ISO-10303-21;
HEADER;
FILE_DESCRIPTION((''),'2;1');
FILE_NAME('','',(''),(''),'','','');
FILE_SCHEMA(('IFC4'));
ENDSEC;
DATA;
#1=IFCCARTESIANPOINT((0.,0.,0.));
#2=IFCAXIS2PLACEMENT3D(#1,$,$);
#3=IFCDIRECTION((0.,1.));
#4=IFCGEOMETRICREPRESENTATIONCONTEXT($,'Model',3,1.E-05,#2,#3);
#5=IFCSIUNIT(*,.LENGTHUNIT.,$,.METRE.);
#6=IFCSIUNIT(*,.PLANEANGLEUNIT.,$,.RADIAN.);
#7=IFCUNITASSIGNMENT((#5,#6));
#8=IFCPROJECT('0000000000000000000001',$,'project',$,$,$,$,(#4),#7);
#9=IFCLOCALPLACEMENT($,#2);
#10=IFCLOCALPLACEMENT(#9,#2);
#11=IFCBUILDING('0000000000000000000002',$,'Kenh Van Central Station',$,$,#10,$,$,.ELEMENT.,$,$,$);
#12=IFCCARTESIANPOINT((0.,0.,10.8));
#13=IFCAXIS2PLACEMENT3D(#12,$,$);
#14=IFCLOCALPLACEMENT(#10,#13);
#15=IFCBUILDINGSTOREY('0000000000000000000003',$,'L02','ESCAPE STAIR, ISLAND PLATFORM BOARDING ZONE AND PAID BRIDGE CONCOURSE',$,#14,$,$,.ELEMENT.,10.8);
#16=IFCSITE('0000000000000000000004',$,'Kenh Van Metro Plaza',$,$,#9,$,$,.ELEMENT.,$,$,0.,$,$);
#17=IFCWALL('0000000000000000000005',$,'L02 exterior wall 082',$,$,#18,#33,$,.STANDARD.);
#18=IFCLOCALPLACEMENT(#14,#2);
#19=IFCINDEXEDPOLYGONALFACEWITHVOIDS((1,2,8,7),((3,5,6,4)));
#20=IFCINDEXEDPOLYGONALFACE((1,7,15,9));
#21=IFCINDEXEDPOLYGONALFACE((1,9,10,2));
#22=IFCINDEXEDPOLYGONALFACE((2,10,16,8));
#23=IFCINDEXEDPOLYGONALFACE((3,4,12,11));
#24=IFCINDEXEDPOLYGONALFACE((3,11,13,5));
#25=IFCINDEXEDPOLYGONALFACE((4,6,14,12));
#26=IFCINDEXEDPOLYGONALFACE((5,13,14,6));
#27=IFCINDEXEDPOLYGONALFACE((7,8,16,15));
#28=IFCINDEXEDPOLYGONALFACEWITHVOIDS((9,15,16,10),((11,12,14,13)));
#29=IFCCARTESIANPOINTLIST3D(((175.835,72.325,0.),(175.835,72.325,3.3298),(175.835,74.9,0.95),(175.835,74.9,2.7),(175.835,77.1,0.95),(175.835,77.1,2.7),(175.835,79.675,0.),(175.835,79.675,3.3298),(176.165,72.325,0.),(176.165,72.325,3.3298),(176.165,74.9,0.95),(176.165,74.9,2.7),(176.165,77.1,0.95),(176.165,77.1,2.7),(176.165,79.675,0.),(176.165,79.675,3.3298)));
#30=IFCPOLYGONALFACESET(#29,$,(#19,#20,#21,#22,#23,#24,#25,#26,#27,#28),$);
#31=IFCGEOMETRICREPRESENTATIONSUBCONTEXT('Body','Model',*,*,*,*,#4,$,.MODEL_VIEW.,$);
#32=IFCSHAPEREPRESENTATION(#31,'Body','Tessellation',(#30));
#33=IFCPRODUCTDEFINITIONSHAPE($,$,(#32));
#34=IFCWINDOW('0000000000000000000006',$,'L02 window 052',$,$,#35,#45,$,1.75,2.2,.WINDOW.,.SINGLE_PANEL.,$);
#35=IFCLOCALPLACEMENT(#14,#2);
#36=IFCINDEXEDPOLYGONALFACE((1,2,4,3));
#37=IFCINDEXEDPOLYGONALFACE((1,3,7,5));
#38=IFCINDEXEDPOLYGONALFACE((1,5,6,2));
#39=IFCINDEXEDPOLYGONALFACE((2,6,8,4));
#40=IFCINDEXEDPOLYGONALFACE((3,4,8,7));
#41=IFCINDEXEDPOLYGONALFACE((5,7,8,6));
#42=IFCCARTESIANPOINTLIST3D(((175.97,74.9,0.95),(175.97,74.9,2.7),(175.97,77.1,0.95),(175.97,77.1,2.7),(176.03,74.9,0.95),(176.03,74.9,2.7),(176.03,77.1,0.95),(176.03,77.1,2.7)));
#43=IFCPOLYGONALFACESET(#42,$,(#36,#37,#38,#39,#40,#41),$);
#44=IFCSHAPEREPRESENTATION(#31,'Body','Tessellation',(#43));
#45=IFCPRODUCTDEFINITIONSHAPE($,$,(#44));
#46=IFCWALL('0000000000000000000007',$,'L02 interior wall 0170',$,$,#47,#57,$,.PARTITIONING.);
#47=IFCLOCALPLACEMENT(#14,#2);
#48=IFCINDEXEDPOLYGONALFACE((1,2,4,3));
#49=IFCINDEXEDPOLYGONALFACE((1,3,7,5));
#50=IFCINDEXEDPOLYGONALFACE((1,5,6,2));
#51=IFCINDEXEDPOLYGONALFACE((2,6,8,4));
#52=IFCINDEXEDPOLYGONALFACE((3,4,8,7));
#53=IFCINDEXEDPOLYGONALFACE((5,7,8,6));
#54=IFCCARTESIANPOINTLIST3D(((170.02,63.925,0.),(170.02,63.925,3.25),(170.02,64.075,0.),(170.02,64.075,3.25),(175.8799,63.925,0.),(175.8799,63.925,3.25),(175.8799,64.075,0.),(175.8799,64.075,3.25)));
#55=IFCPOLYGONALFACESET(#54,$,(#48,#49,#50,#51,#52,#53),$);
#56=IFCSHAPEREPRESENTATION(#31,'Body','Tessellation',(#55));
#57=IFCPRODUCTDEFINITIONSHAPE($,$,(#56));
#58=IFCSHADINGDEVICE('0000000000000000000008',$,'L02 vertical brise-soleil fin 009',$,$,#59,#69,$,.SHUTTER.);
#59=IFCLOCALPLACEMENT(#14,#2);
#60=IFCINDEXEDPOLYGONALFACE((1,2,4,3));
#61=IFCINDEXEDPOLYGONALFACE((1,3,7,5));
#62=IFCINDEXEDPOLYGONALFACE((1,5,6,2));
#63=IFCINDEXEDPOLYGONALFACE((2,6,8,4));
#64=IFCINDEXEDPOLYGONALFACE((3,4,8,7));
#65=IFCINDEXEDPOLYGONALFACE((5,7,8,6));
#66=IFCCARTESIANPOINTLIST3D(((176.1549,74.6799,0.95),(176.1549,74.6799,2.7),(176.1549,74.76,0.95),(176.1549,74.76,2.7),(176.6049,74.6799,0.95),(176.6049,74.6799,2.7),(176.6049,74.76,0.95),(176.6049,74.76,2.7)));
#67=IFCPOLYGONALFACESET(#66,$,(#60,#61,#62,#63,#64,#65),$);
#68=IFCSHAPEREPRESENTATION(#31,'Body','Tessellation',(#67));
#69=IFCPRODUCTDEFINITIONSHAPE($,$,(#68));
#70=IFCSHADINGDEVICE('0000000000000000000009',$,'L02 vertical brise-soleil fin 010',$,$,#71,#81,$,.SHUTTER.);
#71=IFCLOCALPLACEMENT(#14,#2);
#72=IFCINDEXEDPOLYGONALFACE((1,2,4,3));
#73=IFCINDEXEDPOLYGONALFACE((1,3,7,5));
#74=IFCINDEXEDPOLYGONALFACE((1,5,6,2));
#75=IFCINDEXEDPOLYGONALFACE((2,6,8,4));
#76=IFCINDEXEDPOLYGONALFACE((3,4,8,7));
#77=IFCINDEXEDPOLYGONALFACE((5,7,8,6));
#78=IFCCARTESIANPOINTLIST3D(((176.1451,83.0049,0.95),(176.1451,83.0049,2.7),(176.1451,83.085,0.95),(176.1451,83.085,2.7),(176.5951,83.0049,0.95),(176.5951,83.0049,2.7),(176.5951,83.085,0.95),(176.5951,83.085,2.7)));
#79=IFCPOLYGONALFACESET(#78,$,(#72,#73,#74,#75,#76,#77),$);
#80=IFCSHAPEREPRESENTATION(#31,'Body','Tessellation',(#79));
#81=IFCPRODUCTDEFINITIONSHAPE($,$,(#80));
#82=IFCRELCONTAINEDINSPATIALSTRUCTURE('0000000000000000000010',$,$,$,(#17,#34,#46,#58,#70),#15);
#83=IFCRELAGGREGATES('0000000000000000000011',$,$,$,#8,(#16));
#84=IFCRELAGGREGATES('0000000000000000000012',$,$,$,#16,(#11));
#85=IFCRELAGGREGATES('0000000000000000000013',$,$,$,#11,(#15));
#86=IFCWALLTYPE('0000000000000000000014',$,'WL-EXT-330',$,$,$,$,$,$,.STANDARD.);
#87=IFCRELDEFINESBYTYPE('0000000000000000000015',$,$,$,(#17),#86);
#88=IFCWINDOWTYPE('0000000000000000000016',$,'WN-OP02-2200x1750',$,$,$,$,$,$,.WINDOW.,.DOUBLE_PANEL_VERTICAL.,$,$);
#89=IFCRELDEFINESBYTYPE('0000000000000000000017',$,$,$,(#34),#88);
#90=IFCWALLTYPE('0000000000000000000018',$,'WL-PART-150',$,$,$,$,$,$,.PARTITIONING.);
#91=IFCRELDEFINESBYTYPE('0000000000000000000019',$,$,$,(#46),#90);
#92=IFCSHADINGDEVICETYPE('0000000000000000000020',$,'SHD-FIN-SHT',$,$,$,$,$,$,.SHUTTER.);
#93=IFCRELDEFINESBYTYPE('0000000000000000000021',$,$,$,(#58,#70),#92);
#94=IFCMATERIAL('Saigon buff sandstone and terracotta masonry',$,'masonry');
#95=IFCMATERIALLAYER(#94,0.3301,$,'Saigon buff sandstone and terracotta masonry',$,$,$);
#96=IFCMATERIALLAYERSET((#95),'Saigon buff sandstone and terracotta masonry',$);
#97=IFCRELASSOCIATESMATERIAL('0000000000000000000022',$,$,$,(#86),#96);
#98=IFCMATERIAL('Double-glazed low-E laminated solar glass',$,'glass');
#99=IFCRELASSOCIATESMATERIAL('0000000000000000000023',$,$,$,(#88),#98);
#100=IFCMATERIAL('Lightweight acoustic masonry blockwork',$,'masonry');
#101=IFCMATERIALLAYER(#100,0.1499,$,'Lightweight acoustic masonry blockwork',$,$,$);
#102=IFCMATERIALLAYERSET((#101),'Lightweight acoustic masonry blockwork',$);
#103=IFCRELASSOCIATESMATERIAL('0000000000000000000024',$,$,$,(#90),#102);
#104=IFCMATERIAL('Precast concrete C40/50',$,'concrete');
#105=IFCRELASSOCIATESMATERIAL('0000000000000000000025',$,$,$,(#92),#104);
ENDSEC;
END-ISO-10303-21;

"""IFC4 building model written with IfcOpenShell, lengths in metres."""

from ifc_helpers import new_model, si_unit, direction, frame, frame_2d, origin, origin_2d, place, context, subcontext, project, spatial, rectangle, extrude, material, layer, layer_set, type_object, element, fill, save


model = new_model("IFC4")

# Units and contexts
model_context = context("Model", 3, precision=1e-05, world=origin(), true_north=direction((0.0, 1.0)))
body_context = subcontext(model_context, "Body", "Model", "MODEL_VIEW")
ifc_project = project(units=[si_unit("LENGTHUNIT", "METRE"), si_unit("PLANEANGLEUNIT", "RADIAN")], contexts=[model_context])

# Site, building, storey
site_placement = place(None, origin())
site = spatial("IfcSite", under=ifc_project, at=site_placement, Name="Kenh Van Metro Plaza", CompositionType="ELEMENT", RefElevation=0.0)
building_placement = place(site_placement, origin())
building = spatial("IfcBuilding", under=site, at=building_placement, Name="Kenh Van Central Station", CompositionType="ELEMENT")
storey_placement = place(building_placement, frame((0.0, 0.0, 10.8)))
storey = spatial("IfcBuildingStorey", under=building, at=storey_placement, Name="L02", Description="ESCAPE STAIR, ISLAND PLATFORM BOARDING ZONE AND PAID BRIDGE CONCOURSE", CompositionType="ELEMENT", Elevation=10.8)

# Shared definitions
ifc_material_1 = material(Name="Double-glazed low-E laminated solar glass", Category="glass")

# Wall, opening, window
ifc_material_2 = material(Name="Saigon buff sandstone and terracotta masonry", Category="masonry")
ifc_layer_1 = layer(ifc_material_2, 0.3301, Name="Saigon buff sandstone and terracotta masonry")
ifc_layer_set_1 = layer_set([ifc_layer_1], Name="Saigon buff sandstone and terracotta masonry")
wall_type_1 = type_object("IfcWallType", Name="WL-EXT-330", PredefinedType="STANDARD", material=ifc_layer_set_1)
wall_1_placement = place(storey_placement, frame((176.0, 72.325, 0.0), z_axis=(0.0, 0.0, 1.0), x_axis=(0.0, 1.0, 0.0)))
wall_1 = element("IfcWall", 1, at=wall_1_placement, inside=storey, type_object=wall_type_1, Name="L02 exterior wall 082", PredefinedType="STANDARD", context=body_context, shape_type="SweptSolid", body=[
    extrude(rectangle(XDim=7.3501, YDim=0.3301, at=frame_2d((3.675, 0.0))), origin(), (0.0, 0.0, 1.0), 3.3298),
])
opening_1_placement = place(wall_1_placement, frame((2.575, 0.0, 0.95)))
opening_1 = element("IfcOpeningElement", 2, at=opening_1_placement, cuts=wall_1, PredefinedType="OPENING", context=body_context, shape_type="SweptSolid", body=[
    extrude(rectangle(XDim=2.2, YDim=1.75, at=frame_2d((1.1001, 0.875))), frame((0.0, 0.175, 0.0), z_axis=(0.0, -1.0, 0.0), x_axis=(1.0, 0.0, 0.0)), (0.0, 0.0, 1.0), 0.3501),
])
window_type_1 = type_object("IfcWindowType", Name="WN-OP02-2200x1750", PartitioningType="DOUBLE_PANEL_VERTICAL", PredefinedType="WINDOW", material=ifc_material_1)
window_1_placement = place(opening_1_placement, origin())
window_1 = element("IfcWindow", 3, at=window_1_placement, inside=storey, type_object=window_type_1, Name="L02 window 052", OverallHeight=1.75, OverallWidth=2.2, PartitioningType="SINGLE_PANEL", PredefinedType="WINDOW", context=body_context, shape_type="SweptSolid", body=[
    extrude(rectangle(XDim=2.2, YDim=1.75, at=frame_2d((1.1001, 0.875))), frame((0.0, 0.03, 0.0), z_axis=(0.0, -1.0, 0.0), x_axis=(1.0, 0.0, 0.0)), (0.0, 0.0, 1.0), 0.0601),
])
fill(opening_1, window_1)

# Wall
ifc_material_3 = material(Name="Lightweight acoustic masonry blockwork", Category="masonry")
ifc_layer_2 = layer(ifc_material_3, 0.1499, Name="Lightweight acoustic masonry blockwork")
ifc_layer_set_2 = layer_set([ifc_layer_2], Name="Lightweight acoustic masonry blockwork")
wall_type_2 = type_object("IfcWallType", Name="WL-PART-150", PredefinedType="PARTITIONING", material=ifc_layer_set_2)
wall_2_placement = place(storey_placement, frame((170.02, 64.0, 0.0), z_axis=(0.0, 0.0, 1.0), x_axis=(1.0, 0.0, 0.0)))
element("IfcWall", 4, at=wall_2_placement, inside=storey, type_object=wall_type_2, Name="L02 interior wall 0170", PredefinedType="PARTITIONING", context=body_context, shape_type="SweptSolid", body=[
    extrude(rectangle(XDim=5.8599, YDim=0.1499, at=frame_2d((2.9299, 0.0))), origin(), (0.0, 0.0, 1.0), 3.25),
])

# Shading devices
ifc_material_4 = material(Name="Precast concrete C40/50", Category="concrete")
shading_device_type = type_object("IfcShadingDeviceType", Name="SHD-FIN-SHT", PredefinedType="SHUTTER", material=ifc_material_4)
for number, where, z_axis, x_axis, name in (
    (5, (176.3799, 74.72, 0.95), (0.0, 0.0, 1.0), (1.0, 0.0, 0.0), "L02 vertical brise-soleil fin 009"),
    (6, (176.3701, 83.0449, 0.95), (0.0, 0.0, 1.0), (1.0, 0.0, 0.0), "L02 vertical brise-soleil fin 010"),
):
    element("IfcShadingDevice", number, at=place(storey_placement, frame(where, z_axis=z_axis, x_axis=x_axis)), inside=storey, type_object=shading_device_type, Name=name, PredefinedType="SHUTTER", context=body_context, shape_type="SweptSolid", body=[
        extrude(rectangle(XDim=0.45, YDim=0.0801, at=origin_2d()), origin(), (0.0, 0.0, 1.0), 1.75),
    ])

save(model, "model.ifc")
